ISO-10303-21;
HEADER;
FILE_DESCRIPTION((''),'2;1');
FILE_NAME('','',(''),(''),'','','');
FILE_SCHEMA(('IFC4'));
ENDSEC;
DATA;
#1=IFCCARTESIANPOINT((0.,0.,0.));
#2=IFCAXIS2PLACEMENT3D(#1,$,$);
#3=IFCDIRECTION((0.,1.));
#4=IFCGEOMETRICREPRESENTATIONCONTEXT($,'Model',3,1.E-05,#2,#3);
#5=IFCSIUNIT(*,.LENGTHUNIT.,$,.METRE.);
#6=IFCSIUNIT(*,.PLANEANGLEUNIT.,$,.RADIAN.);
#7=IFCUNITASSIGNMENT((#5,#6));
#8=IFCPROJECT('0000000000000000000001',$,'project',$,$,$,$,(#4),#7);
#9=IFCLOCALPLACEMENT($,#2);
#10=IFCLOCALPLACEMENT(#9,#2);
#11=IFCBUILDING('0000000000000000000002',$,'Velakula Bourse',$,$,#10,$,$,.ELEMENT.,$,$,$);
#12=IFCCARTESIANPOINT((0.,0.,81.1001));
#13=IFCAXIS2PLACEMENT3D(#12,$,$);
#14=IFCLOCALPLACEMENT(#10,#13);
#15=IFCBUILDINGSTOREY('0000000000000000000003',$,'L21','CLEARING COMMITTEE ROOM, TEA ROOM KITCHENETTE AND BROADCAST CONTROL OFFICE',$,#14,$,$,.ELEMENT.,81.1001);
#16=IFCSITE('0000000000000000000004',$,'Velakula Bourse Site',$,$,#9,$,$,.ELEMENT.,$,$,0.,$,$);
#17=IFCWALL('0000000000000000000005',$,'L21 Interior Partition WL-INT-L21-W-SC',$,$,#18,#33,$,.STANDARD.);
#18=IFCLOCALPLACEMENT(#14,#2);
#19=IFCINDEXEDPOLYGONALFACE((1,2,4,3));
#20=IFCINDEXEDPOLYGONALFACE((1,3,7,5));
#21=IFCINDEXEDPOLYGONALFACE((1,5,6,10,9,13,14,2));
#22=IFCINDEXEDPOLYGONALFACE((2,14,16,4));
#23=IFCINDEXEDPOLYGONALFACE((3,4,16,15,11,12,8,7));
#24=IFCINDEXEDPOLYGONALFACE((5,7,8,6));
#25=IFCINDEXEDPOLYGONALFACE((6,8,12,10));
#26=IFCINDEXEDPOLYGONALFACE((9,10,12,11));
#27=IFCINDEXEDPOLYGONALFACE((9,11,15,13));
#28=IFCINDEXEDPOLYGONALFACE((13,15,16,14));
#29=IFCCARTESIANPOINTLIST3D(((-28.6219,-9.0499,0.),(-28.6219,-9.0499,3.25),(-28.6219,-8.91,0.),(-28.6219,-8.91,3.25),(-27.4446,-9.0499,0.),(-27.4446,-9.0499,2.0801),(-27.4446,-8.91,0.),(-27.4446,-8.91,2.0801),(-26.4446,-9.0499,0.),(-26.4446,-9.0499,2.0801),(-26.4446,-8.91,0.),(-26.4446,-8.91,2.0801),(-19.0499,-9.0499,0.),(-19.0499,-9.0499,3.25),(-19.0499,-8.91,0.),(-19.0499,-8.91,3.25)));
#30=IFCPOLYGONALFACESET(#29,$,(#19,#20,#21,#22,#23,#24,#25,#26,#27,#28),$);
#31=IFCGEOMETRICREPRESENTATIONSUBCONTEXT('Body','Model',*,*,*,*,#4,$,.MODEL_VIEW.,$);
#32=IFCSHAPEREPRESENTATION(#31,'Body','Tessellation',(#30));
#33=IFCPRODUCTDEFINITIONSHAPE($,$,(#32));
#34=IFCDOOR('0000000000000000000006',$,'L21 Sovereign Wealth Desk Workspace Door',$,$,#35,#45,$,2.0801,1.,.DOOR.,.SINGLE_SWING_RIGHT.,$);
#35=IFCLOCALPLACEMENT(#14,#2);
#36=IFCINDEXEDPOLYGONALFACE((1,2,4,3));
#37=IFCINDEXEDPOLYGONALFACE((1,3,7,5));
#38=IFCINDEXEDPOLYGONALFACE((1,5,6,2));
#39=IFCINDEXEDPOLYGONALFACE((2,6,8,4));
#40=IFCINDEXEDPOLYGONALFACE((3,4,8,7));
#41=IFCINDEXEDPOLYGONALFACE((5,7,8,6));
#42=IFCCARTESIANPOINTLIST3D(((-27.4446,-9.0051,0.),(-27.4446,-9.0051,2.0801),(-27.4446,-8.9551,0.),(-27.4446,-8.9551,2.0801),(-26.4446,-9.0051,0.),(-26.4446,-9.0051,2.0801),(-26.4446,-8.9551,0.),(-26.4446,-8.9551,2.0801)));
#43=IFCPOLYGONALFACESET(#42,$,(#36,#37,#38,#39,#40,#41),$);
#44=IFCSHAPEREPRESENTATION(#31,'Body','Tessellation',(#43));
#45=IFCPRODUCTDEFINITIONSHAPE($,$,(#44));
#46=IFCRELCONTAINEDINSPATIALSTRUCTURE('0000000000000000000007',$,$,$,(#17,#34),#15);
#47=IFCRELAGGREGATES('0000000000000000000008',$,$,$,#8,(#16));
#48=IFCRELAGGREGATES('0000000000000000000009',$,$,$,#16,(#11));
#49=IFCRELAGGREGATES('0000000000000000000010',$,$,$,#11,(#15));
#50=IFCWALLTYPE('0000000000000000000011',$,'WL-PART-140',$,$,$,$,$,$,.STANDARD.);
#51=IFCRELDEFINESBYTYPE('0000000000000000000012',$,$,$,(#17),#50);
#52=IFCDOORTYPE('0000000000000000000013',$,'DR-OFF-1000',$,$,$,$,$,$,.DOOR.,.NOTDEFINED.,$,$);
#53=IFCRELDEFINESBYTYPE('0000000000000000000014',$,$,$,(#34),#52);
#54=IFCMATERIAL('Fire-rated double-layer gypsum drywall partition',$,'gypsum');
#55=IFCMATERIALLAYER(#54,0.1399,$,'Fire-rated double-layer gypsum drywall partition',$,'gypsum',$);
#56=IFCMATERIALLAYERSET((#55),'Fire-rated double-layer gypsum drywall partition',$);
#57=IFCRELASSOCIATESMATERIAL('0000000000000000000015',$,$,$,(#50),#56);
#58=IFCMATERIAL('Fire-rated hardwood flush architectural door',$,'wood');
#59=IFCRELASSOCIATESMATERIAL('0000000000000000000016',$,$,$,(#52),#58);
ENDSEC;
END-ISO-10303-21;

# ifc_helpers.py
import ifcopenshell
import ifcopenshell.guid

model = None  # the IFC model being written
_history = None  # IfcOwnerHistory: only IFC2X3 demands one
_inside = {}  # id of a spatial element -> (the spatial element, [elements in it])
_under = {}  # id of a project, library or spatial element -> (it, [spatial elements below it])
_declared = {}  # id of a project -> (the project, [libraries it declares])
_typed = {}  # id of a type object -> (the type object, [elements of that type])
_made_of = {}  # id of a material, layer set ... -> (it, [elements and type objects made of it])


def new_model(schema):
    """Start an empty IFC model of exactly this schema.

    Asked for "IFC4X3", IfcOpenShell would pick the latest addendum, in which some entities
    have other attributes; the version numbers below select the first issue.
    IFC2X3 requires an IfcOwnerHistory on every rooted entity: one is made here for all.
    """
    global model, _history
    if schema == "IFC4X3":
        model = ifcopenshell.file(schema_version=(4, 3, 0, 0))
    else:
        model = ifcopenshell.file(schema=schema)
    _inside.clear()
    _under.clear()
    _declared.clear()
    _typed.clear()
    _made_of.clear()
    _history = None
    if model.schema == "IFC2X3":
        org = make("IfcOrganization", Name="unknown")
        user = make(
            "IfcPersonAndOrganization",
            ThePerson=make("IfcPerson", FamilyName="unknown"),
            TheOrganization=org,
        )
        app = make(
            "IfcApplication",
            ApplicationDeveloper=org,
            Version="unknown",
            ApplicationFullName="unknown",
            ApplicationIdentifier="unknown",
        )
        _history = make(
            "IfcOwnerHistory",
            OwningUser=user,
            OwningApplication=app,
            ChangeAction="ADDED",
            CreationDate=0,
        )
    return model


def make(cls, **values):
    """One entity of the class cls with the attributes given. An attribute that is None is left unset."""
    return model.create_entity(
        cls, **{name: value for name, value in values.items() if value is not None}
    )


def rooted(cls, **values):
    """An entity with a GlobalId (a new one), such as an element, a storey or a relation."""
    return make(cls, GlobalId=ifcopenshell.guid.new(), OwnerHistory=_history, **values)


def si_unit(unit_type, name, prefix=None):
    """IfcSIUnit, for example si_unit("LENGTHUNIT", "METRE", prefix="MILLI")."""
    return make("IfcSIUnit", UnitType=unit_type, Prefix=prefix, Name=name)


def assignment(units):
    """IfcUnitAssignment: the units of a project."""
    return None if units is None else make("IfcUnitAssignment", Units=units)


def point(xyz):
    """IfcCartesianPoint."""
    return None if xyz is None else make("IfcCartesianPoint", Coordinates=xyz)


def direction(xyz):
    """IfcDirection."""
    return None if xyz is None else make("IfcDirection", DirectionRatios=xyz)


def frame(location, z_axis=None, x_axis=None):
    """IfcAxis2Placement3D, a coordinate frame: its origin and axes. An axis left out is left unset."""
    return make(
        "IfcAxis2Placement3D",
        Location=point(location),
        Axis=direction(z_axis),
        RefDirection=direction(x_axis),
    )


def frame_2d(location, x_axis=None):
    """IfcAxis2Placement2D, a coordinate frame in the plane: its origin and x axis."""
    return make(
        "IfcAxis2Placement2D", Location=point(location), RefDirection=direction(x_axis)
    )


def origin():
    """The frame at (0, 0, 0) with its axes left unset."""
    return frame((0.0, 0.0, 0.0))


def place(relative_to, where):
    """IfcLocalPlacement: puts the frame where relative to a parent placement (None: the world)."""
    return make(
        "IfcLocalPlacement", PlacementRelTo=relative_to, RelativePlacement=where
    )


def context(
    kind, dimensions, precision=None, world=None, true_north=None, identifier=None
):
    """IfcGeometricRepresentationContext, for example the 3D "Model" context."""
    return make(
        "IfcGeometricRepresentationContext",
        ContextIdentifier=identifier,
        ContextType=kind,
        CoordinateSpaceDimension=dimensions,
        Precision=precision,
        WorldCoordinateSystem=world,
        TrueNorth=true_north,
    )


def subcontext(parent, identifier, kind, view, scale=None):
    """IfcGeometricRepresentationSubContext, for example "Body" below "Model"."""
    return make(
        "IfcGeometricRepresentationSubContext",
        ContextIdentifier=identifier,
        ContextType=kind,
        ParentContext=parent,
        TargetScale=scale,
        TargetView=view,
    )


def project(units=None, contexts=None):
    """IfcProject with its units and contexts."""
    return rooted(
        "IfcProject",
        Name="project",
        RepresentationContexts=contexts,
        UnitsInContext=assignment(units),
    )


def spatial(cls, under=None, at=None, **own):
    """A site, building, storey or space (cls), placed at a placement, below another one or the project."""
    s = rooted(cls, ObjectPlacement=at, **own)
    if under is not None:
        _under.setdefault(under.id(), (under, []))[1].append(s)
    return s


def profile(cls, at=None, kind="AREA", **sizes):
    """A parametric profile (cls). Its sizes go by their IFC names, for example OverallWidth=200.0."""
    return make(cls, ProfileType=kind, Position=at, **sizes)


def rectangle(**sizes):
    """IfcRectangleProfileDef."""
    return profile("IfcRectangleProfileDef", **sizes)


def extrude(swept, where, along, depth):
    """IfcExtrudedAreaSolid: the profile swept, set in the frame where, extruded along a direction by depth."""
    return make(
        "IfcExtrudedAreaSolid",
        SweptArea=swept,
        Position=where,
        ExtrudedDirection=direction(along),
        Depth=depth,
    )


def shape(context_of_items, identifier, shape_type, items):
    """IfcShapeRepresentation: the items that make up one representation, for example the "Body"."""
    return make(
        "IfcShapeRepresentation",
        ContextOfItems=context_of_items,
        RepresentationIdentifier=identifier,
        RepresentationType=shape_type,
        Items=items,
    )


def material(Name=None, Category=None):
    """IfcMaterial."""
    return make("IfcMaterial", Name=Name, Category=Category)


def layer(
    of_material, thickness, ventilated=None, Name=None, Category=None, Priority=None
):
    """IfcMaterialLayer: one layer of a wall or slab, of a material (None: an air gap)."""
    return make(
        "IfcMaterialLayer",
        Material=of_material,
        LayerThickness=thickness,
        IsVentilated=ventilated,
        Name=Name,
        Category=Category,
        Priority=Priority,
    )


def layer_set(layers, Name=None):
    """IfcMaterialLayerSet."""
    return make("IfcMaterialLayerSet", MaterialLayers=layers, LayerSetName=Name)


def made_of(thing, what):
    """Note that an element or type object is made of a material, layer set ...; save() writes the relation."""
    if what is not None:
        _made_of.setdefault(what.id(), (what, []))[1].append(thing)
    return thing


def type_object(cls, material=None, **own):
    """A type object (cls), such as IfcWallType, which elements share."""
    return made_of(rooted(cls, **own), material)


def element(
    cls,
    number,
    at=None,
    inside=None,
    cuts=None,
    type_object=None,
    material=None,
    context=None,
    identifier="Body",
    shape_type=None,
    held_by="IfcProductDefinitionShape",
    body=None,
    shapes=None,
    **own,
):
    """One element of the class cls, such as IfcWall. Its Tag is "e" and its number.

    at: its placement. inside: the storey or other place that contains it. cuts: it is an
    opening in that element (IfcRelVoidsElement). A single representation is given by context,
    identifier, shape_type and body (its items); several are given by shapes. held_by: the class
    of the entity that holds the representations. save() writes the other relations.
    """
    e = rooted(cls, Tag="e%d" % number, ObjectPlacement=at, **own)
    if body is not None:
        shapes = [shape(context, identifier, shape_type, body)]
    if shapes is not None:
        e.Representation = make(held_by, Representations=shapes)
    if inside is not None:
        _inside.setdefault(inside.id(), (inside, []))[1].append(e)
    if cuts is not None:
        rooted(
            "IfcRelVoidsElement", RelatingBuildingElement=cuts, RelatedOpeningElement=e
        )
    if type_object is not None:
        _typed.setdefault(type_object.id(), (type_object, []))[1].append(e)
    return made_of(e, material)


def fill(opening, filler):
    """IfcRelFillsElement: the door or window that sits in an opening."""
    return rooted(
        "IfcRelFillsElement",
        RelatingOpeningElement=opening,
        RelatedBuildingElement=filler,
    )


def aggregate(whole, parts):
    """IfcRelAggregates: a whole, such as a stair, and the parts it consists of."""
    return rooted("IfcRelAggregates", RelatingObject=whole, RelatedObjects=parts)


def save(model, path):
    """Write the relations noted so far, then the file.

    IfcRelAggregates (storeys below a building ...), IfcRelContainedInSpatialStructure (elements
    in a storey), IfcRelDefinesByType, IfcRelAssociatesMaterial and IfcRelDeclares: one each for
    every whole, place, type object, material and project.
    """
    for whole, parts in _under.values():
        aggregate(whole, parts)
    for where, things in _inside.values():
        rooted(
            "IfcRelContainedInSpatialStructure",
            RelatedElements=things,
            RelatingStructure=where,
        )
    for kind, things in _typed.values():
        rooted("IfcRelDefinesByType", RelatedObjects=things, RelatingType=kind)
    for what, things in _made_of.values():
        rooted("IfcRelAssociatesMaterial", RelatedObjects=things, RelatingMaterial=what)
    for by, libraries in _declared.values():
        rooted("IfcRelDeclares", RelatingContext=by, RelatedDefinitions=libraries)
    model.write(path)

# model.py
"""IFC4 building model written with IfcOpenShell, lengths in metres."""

from ifc_helpers import new_model, si_unit, direction, frame, frame_2d, origin, place, context, subcontext, project, spatial, rectangle, extrude, material, layer, layer_set, type_object, element, fill, save


model = new_model("IFC4")

# Units and contexts
model_context = context("Model", 3, precision=1e-05, world=origin(), true_north=direction((0.0, 1.0)))
body_context = subcontext(model_context, "Body", "Model", "MODEL_VIEW")
ifc_project = project(units=[si_unit("LENGTHUNIT", "METRE"), si_unit("PLANEANGLEUNIT", "RADIAN")], contexts=[model_context])

# Site, building, storey
site_placement = place(None, origin())
site = spatial("IfcSite", under=ifc_project, at=site_placement, Name="Velakula Bourse Site", CompositionType="ELEMENT", RefElevation=0.0)
building_placement = place(site_placement, origin())
building = spatial("IfcBuilding", under=site, at=building_placement, Name="Velakula Bourse", CompositionType="ELEMENT")
storey_placement = place(building_placement, frame((0.0, 0.0, 81.1001)))
storey = spatial("IfcBuildingStorey", under=building, at=storey_placement, Name="L21", Description="CLEARING COMMITTEE ROOM, TEA ROOM KITCHENETTE AND BROADCAST CONTROL OFFICE", CompositionType="ELEMENT", Elevation=81.1001)

# Shared definitions
ifc_material_1 = material(Name="Fire-rated double-layer gypsum drywall partition", Category="gypsum")
ifc_layer_1 = layer(ifc_material_1, 0.1399, Name="Fire-rated double-layer gypsum drywall partition", Category="gypsum")
ifc_layer_set_1 = layer_set([ifc_layer_1], Name="Fire-rated double-layer gypsum drywall partition")
wall_type_1 = type_object("IfcWallType", Name="WL-PART-140", PredefinedType="STANDARD", material=ifc_layer_set_1)
ifc_material_2 = material(Name="Fire-rated hardwood flush architectural door", Category="wood")
door_type_1 = type_object("IfcDoorType", Name="DR-OFF-1000", OperationType="NOTDEFINED", PredefinedType="DOOR", material=ifc_material_2)

# Wall, opening, door
wall_1_placement = place(storey_placement, frame((-28.6221, -8.98, 0.0), z_axis=(0.0, 0.0, 1.0), x_axis=(1.0, 0.0, 0.0)))
wall_1 = element("IfcWall", 1, at=wall_1_placement, inside=storey, type_object=wall_type_1, Name="L21 Interior Partition WL-INT-L21-W-SC", PredefinedType="STANDARD", context=body_context, shape_type="SweptSolid", body=[
    extrude(rectangle(XDim=9.572, YDim=0.1399, at=frame_2d((4.7861, 0.0))), origin(), (0.0, 0.0, 1.0), 3.25),
])
opening_1_placement = place(wall_1_placement, frame((1.1775, 0.0, 0.0)))
opening_1 = element("IfcOpeningElement", 2, at=opening_1_placement, cuts=wall_1, PredefinedType="OPENING", context=body_context, shape_type="SweptSolid", body=[
    extrude(rectangle(XDim=1.0, YDim=2.0801, at=frame_2d((0.5, 1.04))), frame((0.0, 0.0798, 0.0), z_axis=(0.0, -1.0, 0.0), x_axis=(1.0, 0.0, 0.0)), (0.0, 0.0, 1.0), 0.1599),
])
door_1_placement = place(opening_1_placement, origin())
door_1 = element("IfcDoor", 3, at=door_1_placement, inside=storey, type_object=door_type_1, Name="L21 Sovereign Wealth Desk Workspace Door", OperationType="SINGLE_SWING_RIGHT", OverallHeight=2.0801, OverallWidth=1.0, PredefinedType="DOOR", context=body_context, shape_type="SweptSolid", body=[
    extrude(rectangle(XDim=1.0, YDim=2.0801, at=frame_2d((0.5, 1.04))), frame((0.0, 0.0249, 0.0), z_axis=(0.0, -1.0, 0.0), x_axis=(1.0, 0.0, 0.0)), (0.0, 0.0, 1.0), 0.05),
])
fill(opening_1, door_1)

save(model, "model.ifc")
